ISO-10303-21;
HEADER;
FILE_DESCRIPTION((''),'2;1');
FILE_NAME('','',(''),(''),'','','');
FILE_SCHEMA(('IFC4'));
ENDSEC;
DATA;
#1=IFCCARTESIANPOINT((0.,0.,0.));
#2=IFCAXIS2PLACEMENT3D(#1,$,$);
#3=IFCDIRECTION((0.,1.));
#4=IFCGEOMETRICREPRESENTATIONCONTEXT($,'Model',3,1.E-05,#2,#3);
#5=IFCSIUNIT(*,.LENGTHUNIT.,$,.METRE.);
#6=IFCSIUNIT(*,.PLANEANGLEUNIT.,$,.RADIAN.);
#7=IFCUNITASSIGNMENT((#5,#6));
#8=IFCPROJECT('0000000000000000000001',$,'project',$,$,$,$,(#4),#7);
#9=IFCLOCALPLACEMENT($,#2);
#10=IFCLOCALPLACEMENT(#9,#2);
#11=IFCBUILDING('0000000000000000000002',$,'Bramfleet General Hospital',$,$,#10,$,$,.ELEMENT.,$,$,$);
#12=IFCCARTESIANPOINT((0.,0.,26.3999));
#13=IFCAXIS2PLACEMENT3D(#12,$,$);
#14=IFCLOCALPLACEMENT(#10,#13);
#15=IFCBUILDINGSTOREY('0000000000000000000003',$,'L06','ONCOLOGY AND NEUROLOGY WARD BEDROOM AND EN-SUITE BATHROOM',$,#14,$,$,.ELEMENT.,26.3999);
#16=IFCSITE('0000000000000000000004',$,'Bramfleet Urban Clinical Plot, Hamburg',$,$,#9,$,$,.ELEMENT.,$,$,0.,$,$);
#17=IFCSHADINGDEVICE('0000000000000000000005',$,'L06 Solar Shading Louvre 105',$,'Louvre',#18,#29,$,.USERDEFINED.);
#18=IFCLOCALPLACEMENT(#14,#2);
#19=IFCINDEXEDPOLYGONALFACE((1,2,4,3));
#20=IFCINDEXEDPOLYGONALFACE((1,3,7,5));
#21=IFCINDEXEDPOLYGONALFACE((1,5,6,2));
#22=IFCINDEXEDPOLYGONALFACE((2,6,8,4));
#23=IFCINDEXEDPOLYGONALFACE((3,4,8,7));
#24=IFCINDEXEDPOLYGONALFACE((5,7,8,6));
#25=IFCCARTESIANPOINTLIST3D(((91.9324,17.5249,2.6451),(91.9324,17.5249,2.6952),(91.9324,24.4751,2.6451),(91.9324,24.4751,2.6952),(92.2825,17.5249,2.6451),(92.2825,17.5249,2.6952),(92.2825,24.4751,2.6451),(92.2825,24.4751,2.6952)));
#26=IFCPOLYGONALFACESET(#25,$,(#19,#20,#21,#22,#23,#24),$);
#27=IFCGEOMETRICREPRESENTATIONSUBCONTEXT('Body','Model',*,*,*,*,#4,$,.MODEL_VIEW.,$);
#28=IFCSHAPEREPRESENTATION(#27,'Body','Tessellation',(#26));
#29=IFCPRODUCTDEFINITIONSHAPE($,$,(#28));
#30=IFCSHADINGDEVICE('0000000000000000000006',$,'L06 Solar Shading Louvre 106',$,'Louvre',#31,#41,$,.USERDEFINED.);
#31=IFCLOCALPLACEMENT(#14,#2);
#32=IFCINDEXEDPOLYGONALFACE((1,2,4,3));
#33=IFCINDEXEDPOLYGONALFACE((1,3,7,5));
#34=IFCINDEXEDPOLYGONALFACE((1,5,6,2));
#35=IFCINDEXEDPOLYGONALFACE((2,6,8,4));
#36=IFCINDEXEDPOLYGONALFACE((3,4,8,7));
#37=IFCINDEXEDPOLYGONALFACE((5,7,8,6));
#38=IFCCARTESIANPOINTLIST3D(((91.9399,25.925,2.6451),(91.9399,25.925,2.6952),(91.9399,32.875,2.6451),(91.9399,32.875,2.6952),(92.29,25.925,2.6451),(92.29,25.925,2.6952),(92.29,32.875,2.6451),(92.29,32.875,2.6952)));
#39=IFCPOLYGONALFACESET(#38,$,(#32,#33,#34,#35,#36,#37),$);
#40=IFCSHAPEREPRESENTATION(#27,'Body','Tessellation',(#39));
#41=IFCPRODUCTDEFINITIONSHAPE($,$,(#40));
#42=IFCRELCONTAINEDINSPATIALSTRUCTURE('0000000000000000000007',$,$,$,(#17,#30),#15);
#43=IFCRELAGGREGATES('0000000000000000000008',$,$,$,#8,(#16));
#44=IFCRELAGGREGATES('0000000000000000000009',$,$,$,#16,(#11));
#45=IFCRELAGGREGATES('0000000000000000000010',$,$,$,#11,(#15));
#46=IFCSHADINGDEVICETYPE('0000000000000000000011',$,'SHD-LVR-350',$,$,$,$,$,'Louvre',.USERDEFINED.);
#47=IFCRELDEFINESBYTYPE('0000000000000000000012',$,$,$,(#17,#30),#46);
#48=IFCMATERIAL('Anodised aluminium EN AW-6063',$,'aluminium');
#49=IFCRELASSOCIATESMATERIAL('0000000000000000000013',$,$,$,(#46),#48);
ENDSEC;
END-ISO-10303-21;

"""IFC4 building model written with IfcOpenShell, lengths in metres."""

from ifc_helpers import new_model, si_unit, direction, frame, origin, origin_2d, place, context, subcontext, project, spatial, rectangle, extrude, material, material_profile, profile_set, type_object, element, save


model = new_model("IFC4")

# Units and contexts
model_context = context("Model", 3, precision=1e-05, world=origin(), true_north=direction((0.0, 1.0)))
body_context = subcontext(model_context, "Body", "Model", "MODEL_VIEW")
ifc_project = project(units=[si_unit("LENGTHUNIT", "METRE"), si_unit("PLANEANGLEUNIT", "RADIAN")], contexts=[model_context])

# Site, building, storey
site_placement = place(None, origin())
site = spatial("IfcSite", under=ifc_project, at=site_placement, Name="Bramfleet Urban Clinical Plot, Hamburg", CompositionType="ELEMENT", RefElevation=0.0)
building_placement = place(site_placement, origin())
building = spatial("IfcBuilding", under=site, at=building_placement, Name="Bramfleet General Hospital", CompositionType="ELEMENT")
storey_placement = place(building_placement, frame((0.0, 0.0, 26.3999)))
storey = spatial("IfcBuildingStorey", under=building, at=storey_placement, Name="L06", Description="ONCOLOGY AND NEUROLOGY WARD BEDROOM AND EN-SUITE BATHROOM", CompositionType="ELEMENT", Elevation=26.3999)

# Shading devices
ifc_material_1 = material(Name="Anodised aluminium EN AW-6063", Category="aluminium")
ifc_material_profile_1 = material_profile(ifc_material_1, rectangle(XDim=0.05, YDim=0.3501, at=origin_2d()), Name="ALU LOUVRE 350x50")
ifc_profile_set_1 = profile_set([ifc_material_profile_1], Name="Anodised aluminium EN AW-6063")
shading_device_type = type_object("IfcShadingDeviceType", Name="SHD-LVR-350", ElementType="Louvre", PredefinedType="USERDEFINED", material=ifc_profile_set_1)
shading_device_1_placement = place(storey_placement, frame((92.1074, 17.5249, 2.6702), z_axis=(0.0, 1.0, 0.0), x_axis=(0.0, 0.0, 1.0)))
element("IfcShadingDevice", 1, at=shading_device_1_placement, inside=storey, type_object=shading_device_type, Name="L06 Solar Shading Louvre 105", ObjectType="Louvre", PredefinedType="USERDEFINED", context=body_context, shape_type="SweptSolid", body=[
    extrude(rectangle(XDim=0.05, YDim=0.3501, at=origin_2d()), origin(), (0.0, 0.0, 1.0), 6.9502),
])
shading_device_2_placement = place(storey_placement, frame((92.115, 25.925, 2.6702), z_axis=(0.0, 1.0, 0.0), x_axis=(0.0, 0.0, 1.0)))
element("IfcShadingDevice", 2, at=shading_device_2_placement, inside=storey, type_object=shading_device_type, Name="L06 Solar Shading Louvre 106", ObjectType="Louvre", PredefinedType="USERDEFINED", context=body_context, shape_type="SweptSolid", body=[
    extrude(rectangle(XDim=0.05, YDim=0.3501, at=origin_2d()), origin(), (0.0, 0.0, 1.0), 6.95),
])

save(model, "model.ifc")
